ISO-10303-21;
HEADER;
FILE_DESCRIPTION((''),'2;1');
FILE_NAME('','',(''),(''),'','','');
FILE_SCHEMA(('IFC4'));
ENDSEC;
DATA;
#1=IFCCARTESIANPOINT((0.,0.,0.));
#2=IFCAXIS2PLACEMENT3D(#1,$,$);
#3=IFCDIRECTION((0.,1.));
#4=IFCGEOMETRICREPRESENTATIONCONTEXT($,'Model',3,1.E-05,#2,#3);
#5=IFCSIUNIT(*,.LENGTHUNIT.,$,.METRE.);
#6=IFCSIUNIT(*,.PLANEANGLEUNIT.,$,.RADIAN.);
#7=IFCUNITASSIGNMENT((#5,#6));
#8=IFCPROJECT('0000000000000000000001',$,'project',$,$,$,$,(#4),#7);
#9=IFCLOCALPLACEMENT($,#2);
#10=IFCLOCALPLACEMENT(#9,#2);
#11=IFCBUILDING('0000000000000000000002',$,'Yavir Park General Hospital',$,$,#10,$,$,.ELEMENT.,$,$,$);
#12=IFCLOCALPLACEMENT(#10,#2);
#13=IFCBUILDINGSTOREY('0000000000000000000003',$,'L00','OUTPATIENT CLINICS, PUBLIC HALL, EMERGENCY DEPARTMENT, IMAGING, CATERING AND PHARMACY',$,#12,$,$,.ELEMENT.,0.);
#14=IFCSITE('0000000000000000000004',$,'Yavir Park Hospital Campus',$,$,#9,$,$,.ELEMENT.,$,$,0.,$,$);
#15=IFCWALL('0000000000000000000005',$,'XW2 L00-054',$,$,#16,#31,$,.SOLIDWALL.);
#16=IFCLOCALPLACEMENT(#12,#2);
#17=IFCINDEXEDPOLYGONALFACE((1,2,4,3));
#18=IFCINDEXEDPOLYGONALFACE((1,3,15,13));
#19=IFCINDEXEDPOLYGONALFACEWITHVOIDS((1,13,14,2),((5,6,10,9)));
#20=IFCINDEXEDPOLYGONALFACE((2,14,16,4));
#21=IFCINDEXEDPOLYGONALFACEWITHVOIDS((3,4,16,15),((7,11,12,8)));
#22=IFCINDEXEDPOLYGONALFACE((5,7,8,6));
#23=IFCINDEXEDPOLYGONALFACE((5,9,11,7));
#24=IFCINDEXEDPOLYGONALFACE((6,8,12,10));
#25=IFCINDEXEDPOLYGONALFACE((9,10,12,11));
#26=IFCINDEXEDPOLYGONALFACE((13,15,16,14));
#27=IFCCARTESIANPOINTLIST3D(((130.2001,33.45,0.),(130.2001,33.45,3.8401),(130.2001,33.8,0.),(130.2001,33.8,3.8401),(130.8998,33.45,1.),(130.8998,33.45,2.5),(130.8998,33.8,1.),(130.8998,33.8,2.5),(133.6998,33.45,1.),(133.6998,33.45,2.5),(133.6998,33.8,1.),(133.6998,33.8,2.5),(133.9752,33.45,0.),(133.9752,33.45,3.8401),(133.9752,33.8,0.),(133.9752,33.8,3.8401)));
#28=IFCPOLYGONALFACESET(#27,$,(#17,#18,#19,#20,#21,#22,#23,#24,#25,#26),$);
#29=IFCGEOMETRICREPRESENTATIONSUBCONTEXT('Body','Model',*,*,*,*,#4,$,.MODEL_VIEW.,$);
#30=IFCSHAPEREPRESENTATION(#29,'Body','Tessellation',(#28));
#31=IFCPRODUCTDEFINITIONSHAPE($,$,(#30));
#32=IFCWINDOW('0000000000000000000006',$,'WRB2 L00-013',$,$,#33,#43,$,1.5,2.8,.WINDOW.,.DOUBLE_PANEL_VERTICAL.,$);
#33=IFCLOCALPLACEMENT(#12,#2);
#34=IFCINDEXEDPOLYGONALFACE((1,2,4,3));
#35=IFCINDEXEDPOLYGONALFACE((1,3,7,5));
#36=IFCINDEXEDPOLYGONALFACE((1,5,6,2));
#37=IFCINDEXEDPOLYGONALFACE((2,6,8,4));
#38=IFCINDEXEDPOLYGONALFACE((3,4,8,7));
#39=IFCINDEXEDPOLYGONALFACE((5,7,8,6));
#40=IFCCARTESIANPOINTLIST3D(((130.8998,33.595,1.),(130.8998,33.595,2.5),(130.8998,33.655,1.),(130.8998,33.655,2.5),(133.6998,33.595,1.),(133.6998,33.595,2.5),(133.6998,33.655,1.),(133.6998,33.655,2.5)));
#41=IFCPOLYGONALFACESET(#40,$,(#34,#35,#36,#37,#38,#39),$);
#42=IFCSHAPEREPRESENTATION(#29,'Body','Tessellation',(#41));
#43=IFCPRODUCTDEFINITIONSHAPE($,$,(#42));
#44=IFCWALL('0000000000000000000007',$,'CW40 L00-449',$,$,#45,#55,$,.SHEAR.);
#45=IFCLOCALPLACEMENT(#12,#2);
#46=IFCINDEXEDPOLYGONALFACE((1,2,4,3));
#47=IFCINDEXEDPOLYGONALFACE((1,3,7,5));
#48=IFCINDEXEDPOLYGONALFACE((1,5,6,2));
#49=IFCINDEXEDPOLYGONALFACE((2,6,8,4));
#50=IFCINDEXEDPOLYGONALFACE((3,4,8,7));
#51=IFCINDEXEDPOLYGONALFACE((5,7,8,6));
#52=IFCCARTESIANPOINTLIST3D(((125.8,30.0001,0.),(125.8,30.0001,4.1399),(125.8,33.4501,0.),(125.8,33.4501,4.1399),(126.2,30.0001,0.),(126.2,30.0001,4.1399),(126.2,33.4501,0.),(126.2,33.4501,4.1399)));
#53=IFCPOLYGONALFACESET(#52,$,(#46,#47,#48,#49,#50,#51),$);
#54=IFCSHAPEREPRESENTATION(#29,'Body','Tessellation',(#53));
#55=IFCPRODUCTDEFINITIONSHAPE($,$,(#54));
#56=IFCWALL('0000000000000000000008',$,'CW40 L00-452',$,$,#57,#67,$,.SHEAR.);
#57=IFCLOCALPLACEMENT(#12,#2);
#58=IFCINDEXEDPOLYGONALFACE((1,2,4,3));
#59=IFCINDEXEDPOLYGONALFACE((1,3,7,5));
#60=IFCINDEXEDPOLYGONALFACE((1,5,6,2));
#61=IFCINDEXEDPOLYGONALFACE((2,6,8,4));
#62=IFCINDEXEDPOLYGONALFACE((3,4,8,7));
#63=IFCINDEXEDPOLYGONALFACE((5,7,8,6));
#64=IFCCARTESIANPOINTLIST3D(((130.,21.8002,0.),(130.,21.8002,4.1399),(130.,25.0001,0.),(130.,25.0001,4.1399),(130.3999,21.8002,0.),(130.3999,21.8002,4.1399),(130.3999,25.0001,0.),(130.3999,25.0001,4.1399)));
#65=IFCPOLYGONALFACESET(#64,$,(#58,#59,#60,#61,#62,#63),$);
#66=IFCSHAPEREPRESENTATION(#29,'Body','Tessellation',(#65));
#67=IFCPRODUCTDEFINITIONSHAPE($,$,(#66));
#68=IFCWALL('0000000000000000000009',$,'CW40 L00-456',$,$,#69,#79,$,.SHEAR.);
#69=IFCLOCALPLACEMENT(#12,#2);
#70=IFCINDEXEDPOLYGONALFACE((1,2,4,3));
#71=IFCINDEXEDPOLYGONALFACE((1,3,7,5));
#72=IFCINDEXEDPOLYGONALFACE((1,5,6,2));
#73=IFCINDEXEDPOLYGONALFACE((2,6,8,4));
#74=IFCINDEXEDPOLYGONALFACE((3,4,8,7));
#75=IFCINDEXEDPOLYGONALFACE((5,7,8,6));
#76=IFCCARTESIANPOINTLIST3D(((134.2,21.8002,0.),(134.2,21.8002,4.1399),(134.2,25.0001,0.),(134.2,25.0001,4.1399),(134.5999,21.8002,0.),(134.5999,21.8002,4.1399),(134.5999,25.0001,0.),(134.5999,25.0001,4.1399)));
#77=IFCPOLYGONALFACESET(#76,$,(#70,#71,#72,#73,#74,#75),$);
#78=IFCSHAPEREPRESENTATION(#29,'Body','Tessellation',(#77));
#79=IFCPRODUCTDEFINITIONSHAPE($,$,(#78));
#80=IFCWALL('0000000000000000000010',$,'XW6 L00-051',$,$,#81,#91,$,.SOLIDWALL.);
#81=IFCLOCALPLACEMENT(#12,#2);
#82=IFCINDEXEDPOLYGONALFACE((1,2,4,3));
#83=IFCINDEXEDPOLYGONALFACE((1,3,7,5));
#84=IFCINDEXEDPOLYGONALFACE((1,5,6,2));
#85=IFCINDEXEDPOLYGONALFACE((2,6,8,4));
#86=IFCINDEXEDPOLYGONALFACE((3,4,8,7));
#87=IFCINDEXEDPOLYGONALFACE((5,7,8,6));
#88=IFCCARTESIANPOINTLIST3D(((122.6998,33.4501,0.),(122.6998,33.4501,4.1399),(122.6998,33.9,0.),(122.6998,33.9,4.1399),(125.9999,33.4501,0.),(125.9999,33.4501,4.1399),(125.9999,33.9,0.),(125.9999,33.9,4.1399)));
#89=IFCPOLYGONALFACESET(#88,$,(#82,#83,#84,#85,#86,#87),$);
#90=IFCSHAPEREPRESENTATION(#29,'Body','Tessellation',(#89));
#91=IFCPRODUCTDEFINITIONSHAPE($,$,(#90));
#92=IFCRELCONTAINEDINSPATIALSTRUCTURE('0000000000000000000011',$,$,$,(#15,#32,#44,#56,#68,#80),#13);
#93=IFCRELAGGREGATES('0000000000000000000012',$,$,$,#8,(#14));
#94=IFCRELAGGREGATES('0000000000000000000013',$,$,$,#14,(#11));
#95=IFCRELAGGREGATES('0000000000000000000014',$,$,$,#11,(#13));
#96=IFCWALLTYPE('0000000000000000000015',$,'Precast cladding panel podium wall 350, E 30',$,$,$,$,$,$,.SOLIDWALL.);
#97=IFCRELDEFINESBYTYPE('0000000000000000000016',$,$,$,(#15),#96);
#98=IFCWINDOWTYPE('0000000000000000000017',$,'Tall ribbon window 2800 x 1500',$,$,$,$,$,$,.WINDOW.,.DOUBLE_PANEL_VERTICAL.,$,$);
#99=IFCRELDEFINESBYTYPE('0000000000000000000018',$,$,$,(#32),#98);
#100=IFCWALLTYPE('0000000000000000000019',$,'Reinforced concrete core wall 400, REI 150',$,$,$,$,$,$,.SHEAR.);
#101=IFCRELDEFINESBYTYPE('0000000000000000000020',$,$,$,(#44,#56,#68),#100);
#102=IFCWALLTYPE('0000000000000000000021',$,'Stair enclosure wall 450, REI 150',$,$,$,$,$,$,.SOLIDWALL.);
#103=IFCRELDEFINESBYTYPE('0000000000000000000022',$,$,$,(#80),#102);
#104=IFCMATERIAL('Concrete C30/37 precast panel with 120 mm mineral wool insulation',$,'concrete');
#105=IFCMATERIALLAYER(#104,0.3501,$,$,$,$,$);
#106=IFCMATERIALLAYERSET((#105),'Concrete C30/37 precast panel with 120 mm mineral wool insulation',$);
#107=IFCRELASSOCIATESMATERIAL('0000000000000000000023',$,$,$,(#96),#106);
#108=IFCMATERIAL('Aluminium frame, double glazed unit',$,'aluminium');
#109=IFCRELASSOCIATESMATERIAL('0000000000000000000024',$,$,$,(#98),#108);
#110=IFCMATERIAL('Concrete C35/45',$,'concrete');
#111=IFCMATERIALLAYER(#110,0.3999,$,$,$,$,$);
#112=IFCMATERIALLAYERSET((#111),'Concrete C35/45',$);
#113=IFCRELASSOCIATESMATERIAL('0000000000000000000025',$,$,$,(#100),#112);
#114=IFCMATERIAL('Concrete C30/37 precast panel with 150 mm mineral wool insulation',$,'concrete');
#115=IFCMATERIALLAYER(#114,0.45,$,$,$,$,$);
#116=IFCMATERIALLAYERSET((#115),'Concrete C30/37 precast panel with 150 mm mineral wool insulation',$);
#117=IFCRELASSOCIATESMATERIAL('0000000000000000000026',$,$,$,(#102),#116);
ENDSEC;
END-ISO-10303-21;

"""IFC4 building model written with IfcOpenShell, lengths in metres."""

from ifc_helpers import new_model, si_unit, direction, frame, frame_2d, origin, place, context, subcontext, project, spatial, rectangle, extrude, material, layer, layer_set, type_object, element, fill, save


model = new_model("IFC4")

# Units and contexts
model_context = context("Model", 3, precision=1e-05, world=origin(), true_north=direction((0.0, 1.0)))
body_context = subcontext(model_context, "Body", "Model", "MODEL_VIEW")
ifc_project = project(units=[si_unit("LENGTHUNIT", "METRE"), si_unit("PLANEANGLEUNIT", "RADIAN")], contexts=[model_context])

# Site, building, storey
site_placement = place(None, origin())
site = spatial("IfcSite", under=ifc_project, at=site_placement, Name="Yavir Park Hospital Campus", CompositionType="ELEMENT", RefElevation=0.0)
building_placement = place(site_placement, origin())
building = spatial("IfcBuilding", under=site, at=building_placement, Name="Yavir Park General Hospital", CompositionType="ELEMENT")
storey_placement = place(building_placement, origin())
storey = spatial("IfcBuildingStorey", under=building, at=storey_placement, Name="L00", Description="OUTPATIENT CLINICS, PUBLIC HALL, EMERGENCY DEPARTMENT, IMAGING, CATERING AND PHARMACY", CompositionType="ELEMENT", Elevation=0.0)

# Wall, opening, window
ifc_material_1 = material(Name="Concrete C30/37 precast panel with 120 mm mineral wool insulation", Category="concrete")
ifc_layer_1 = layer(ifc_material_1, 0.3501)
ifc_layer_set_1 = layer_set([ifc_layer_1], Name="Concrete C30/37 precast panel with 120 mm mineral wool insulation")
wall_type_1 = type_object("IfcWallType", Name="Precast cladding panel podium wall 350, E 30", PredefinedType="SOLIDWALL", material=ifc_layer_set_1)
ifc_material_2 = material(Name="Aluminium frame, double glazed unit", Category="aluminium")
window_type = type_object("IfcWindowType", Name="Tall ribbon window 2800 x 1500", PartitioningType="DOUBLE_PANEL_VERTICAL", PredefinedType="WINDOW", material=ifc_material_2)
wall_1_placement = place(storey_placement, frame((130.2, 33.625, 0.0), z_axis=(0.0, 0.0, 1.0), x_axis=(1.0, 0.0, 0.0)))
wall_1 = element("IfcWall", 1, at=wall_1_placement, inside=storey, type_object=wall_type_1, Name="XW2 L00-054", PredefinedType="SOLIDWALL", context=body_context, shape_type="SweptSolid", body=[
    extrude(rectangle(XDim=3.7751, YDim=0.3501, at=frame_2d((1.8877, 0.0))), origin(), (0.0, 0.0, 1.0), 3.8401),
])
opening_1_placement = place(wall_1_placement, frame((0.7, 0.0, 1.0)))
opening_1 = element("IfcOpeningElement", 2, at=opening_1_placement, cuts=wall_1, PredefinedType="OPENING", context=body_context, shape_type="SweptSolid", body=[
    extrude(rectangle(XDim=2.8, YDim=1.5, at=frame_2d((1.3999, 0.75))), frame((0.0, 0.1851, 0.0), z_axis=(0.0, -1.0, 0.0), x_axis=(1.0, 0.0, 0.0)), (0.0, 0.0, 1.0), 0.3701),
])
window_1_placement = place(opening_1_placement, origin())
window_1 = element("IfcWindow", 3, at=window_1_placement, inside=storey, type_object=window_type, Name="WRB2 L00-013", OverallHeight=1.5, OverallWidth=2.8, PartitioningType="DOUBLE_PANEL_VERTICAL", PredefinedType="WINDOW", context=body_context, shape_type="SweptSolid", body=[
    extrude(rectangle(XDim=2.8, YDim=1.5, at=frame_2d((1.3999, 0.75))), frame((0.0, 0.03, 0.0), z_axis=(0.0, -1.0, 0.0), x_axis=(1.0, 0.0, 0.0)), (0.0, 0.0, 1.0), 0.0601),
])
fill(opening_1, window_1)

# Walls
ifc_material_3 = material(Name="Concrete C35/45", Category="concrete")
ifc_layer_2 = layer(ifc_material_3, 0.3999)
ifc_layer_set_2 = layer_set([ifc_layer_2], Name="Concrete C35/45")
wall_type_2 = type_object("IfcWallType", Name="Reinforced concrete core wall 400, REI 150", PredefinedType="SHEAR", material=ifc_layer_set_2)
wall_2_placement = place(storey_placement, frame((126.0, 30.0, 0.0), z_axis=(0.0, 0.0, 1.0), x_axis=(0.0, 1.0, 0.0)))
element("IfcWall", 4, at=wall_2_placement, inside=storey, type_object=wall_type_2, Name="CW40 L00-449", PredefinedType="SHEAR", context=body_context, shape_type="SweptSolid", body=[
    extrude(rectangle(XDim=3.45, YDim=0.3999, at=frame_2d((1.7251, 0.0))), origin(), (0.0, 0.0, 1.0), 4.1399),
])
for number, where, z_axis, x_axis, name in (
    (5, (130.2, 21.8, 0.0), (0.0, 0.0, 1.0), (0.0, 1.0, 0.0), "CW40 L00-452"),
    (6, (134.3999, 21.8, 0.0), (0.0, 0.0, 1.0), (0.0, 1.0, 0.0), "CW40 L00-456"),
):
    element("IfcWall", number, at=place(storey_placement, frame(where, z_axis=z_axis, x_axis=x_axis)), inside=storey, type_object=wall_type_2, Name=name, PredefinedType="SHEAR", context=body_context, shape_type="SweptSolid", body=[
        extrude(rectangle(XDim=3.2, YDim=0.3999, at=frame_2d((1.6001, 0.0))), origin(), (0.0, 0.0, 1.0), 4.1399),
    ])
ifc_material_4 = material(Name="Concrete C30/37 precast panel with 150 mm mineral wool insulation", Category="concrete")
ifc_layer_3 = layer(ifc_material_4, 0.45)
ifc_layer_set_3 = layer_set([ifc_layer_3], Name="Concrete C30/37 precast panel with 150 mm mineral wool insulation")
wall_type_3 = type_object("IfcWallType", Name="Stair enclosure wall 450, REI 150", PredefinedType="SOLIDWALL", material=ifc_layer_set_3)
wall_3_placement = place(storey_placement, frame((122.7, 33.675, 0.0), z_axis=(0.0, 0.0, 1.0), x_axis=(1.0, 0.0, 0.0)))
element("IfcWall", 7, at=wall_3_placement, inside=storey, type_object=wall_type_3, Name="XW6 L00-051", PredefinedType="SOLIDWALL", context=body_context, shape_type="SweptSolid", body=[
    extrude(rectangle(XDim=3.3, YDim=0.45, at=frame_2d((1.6499, 0.0))), origin(), (0.0, 0.0, 1.0), 4.1399),
])

save(model, "model.ifc")
